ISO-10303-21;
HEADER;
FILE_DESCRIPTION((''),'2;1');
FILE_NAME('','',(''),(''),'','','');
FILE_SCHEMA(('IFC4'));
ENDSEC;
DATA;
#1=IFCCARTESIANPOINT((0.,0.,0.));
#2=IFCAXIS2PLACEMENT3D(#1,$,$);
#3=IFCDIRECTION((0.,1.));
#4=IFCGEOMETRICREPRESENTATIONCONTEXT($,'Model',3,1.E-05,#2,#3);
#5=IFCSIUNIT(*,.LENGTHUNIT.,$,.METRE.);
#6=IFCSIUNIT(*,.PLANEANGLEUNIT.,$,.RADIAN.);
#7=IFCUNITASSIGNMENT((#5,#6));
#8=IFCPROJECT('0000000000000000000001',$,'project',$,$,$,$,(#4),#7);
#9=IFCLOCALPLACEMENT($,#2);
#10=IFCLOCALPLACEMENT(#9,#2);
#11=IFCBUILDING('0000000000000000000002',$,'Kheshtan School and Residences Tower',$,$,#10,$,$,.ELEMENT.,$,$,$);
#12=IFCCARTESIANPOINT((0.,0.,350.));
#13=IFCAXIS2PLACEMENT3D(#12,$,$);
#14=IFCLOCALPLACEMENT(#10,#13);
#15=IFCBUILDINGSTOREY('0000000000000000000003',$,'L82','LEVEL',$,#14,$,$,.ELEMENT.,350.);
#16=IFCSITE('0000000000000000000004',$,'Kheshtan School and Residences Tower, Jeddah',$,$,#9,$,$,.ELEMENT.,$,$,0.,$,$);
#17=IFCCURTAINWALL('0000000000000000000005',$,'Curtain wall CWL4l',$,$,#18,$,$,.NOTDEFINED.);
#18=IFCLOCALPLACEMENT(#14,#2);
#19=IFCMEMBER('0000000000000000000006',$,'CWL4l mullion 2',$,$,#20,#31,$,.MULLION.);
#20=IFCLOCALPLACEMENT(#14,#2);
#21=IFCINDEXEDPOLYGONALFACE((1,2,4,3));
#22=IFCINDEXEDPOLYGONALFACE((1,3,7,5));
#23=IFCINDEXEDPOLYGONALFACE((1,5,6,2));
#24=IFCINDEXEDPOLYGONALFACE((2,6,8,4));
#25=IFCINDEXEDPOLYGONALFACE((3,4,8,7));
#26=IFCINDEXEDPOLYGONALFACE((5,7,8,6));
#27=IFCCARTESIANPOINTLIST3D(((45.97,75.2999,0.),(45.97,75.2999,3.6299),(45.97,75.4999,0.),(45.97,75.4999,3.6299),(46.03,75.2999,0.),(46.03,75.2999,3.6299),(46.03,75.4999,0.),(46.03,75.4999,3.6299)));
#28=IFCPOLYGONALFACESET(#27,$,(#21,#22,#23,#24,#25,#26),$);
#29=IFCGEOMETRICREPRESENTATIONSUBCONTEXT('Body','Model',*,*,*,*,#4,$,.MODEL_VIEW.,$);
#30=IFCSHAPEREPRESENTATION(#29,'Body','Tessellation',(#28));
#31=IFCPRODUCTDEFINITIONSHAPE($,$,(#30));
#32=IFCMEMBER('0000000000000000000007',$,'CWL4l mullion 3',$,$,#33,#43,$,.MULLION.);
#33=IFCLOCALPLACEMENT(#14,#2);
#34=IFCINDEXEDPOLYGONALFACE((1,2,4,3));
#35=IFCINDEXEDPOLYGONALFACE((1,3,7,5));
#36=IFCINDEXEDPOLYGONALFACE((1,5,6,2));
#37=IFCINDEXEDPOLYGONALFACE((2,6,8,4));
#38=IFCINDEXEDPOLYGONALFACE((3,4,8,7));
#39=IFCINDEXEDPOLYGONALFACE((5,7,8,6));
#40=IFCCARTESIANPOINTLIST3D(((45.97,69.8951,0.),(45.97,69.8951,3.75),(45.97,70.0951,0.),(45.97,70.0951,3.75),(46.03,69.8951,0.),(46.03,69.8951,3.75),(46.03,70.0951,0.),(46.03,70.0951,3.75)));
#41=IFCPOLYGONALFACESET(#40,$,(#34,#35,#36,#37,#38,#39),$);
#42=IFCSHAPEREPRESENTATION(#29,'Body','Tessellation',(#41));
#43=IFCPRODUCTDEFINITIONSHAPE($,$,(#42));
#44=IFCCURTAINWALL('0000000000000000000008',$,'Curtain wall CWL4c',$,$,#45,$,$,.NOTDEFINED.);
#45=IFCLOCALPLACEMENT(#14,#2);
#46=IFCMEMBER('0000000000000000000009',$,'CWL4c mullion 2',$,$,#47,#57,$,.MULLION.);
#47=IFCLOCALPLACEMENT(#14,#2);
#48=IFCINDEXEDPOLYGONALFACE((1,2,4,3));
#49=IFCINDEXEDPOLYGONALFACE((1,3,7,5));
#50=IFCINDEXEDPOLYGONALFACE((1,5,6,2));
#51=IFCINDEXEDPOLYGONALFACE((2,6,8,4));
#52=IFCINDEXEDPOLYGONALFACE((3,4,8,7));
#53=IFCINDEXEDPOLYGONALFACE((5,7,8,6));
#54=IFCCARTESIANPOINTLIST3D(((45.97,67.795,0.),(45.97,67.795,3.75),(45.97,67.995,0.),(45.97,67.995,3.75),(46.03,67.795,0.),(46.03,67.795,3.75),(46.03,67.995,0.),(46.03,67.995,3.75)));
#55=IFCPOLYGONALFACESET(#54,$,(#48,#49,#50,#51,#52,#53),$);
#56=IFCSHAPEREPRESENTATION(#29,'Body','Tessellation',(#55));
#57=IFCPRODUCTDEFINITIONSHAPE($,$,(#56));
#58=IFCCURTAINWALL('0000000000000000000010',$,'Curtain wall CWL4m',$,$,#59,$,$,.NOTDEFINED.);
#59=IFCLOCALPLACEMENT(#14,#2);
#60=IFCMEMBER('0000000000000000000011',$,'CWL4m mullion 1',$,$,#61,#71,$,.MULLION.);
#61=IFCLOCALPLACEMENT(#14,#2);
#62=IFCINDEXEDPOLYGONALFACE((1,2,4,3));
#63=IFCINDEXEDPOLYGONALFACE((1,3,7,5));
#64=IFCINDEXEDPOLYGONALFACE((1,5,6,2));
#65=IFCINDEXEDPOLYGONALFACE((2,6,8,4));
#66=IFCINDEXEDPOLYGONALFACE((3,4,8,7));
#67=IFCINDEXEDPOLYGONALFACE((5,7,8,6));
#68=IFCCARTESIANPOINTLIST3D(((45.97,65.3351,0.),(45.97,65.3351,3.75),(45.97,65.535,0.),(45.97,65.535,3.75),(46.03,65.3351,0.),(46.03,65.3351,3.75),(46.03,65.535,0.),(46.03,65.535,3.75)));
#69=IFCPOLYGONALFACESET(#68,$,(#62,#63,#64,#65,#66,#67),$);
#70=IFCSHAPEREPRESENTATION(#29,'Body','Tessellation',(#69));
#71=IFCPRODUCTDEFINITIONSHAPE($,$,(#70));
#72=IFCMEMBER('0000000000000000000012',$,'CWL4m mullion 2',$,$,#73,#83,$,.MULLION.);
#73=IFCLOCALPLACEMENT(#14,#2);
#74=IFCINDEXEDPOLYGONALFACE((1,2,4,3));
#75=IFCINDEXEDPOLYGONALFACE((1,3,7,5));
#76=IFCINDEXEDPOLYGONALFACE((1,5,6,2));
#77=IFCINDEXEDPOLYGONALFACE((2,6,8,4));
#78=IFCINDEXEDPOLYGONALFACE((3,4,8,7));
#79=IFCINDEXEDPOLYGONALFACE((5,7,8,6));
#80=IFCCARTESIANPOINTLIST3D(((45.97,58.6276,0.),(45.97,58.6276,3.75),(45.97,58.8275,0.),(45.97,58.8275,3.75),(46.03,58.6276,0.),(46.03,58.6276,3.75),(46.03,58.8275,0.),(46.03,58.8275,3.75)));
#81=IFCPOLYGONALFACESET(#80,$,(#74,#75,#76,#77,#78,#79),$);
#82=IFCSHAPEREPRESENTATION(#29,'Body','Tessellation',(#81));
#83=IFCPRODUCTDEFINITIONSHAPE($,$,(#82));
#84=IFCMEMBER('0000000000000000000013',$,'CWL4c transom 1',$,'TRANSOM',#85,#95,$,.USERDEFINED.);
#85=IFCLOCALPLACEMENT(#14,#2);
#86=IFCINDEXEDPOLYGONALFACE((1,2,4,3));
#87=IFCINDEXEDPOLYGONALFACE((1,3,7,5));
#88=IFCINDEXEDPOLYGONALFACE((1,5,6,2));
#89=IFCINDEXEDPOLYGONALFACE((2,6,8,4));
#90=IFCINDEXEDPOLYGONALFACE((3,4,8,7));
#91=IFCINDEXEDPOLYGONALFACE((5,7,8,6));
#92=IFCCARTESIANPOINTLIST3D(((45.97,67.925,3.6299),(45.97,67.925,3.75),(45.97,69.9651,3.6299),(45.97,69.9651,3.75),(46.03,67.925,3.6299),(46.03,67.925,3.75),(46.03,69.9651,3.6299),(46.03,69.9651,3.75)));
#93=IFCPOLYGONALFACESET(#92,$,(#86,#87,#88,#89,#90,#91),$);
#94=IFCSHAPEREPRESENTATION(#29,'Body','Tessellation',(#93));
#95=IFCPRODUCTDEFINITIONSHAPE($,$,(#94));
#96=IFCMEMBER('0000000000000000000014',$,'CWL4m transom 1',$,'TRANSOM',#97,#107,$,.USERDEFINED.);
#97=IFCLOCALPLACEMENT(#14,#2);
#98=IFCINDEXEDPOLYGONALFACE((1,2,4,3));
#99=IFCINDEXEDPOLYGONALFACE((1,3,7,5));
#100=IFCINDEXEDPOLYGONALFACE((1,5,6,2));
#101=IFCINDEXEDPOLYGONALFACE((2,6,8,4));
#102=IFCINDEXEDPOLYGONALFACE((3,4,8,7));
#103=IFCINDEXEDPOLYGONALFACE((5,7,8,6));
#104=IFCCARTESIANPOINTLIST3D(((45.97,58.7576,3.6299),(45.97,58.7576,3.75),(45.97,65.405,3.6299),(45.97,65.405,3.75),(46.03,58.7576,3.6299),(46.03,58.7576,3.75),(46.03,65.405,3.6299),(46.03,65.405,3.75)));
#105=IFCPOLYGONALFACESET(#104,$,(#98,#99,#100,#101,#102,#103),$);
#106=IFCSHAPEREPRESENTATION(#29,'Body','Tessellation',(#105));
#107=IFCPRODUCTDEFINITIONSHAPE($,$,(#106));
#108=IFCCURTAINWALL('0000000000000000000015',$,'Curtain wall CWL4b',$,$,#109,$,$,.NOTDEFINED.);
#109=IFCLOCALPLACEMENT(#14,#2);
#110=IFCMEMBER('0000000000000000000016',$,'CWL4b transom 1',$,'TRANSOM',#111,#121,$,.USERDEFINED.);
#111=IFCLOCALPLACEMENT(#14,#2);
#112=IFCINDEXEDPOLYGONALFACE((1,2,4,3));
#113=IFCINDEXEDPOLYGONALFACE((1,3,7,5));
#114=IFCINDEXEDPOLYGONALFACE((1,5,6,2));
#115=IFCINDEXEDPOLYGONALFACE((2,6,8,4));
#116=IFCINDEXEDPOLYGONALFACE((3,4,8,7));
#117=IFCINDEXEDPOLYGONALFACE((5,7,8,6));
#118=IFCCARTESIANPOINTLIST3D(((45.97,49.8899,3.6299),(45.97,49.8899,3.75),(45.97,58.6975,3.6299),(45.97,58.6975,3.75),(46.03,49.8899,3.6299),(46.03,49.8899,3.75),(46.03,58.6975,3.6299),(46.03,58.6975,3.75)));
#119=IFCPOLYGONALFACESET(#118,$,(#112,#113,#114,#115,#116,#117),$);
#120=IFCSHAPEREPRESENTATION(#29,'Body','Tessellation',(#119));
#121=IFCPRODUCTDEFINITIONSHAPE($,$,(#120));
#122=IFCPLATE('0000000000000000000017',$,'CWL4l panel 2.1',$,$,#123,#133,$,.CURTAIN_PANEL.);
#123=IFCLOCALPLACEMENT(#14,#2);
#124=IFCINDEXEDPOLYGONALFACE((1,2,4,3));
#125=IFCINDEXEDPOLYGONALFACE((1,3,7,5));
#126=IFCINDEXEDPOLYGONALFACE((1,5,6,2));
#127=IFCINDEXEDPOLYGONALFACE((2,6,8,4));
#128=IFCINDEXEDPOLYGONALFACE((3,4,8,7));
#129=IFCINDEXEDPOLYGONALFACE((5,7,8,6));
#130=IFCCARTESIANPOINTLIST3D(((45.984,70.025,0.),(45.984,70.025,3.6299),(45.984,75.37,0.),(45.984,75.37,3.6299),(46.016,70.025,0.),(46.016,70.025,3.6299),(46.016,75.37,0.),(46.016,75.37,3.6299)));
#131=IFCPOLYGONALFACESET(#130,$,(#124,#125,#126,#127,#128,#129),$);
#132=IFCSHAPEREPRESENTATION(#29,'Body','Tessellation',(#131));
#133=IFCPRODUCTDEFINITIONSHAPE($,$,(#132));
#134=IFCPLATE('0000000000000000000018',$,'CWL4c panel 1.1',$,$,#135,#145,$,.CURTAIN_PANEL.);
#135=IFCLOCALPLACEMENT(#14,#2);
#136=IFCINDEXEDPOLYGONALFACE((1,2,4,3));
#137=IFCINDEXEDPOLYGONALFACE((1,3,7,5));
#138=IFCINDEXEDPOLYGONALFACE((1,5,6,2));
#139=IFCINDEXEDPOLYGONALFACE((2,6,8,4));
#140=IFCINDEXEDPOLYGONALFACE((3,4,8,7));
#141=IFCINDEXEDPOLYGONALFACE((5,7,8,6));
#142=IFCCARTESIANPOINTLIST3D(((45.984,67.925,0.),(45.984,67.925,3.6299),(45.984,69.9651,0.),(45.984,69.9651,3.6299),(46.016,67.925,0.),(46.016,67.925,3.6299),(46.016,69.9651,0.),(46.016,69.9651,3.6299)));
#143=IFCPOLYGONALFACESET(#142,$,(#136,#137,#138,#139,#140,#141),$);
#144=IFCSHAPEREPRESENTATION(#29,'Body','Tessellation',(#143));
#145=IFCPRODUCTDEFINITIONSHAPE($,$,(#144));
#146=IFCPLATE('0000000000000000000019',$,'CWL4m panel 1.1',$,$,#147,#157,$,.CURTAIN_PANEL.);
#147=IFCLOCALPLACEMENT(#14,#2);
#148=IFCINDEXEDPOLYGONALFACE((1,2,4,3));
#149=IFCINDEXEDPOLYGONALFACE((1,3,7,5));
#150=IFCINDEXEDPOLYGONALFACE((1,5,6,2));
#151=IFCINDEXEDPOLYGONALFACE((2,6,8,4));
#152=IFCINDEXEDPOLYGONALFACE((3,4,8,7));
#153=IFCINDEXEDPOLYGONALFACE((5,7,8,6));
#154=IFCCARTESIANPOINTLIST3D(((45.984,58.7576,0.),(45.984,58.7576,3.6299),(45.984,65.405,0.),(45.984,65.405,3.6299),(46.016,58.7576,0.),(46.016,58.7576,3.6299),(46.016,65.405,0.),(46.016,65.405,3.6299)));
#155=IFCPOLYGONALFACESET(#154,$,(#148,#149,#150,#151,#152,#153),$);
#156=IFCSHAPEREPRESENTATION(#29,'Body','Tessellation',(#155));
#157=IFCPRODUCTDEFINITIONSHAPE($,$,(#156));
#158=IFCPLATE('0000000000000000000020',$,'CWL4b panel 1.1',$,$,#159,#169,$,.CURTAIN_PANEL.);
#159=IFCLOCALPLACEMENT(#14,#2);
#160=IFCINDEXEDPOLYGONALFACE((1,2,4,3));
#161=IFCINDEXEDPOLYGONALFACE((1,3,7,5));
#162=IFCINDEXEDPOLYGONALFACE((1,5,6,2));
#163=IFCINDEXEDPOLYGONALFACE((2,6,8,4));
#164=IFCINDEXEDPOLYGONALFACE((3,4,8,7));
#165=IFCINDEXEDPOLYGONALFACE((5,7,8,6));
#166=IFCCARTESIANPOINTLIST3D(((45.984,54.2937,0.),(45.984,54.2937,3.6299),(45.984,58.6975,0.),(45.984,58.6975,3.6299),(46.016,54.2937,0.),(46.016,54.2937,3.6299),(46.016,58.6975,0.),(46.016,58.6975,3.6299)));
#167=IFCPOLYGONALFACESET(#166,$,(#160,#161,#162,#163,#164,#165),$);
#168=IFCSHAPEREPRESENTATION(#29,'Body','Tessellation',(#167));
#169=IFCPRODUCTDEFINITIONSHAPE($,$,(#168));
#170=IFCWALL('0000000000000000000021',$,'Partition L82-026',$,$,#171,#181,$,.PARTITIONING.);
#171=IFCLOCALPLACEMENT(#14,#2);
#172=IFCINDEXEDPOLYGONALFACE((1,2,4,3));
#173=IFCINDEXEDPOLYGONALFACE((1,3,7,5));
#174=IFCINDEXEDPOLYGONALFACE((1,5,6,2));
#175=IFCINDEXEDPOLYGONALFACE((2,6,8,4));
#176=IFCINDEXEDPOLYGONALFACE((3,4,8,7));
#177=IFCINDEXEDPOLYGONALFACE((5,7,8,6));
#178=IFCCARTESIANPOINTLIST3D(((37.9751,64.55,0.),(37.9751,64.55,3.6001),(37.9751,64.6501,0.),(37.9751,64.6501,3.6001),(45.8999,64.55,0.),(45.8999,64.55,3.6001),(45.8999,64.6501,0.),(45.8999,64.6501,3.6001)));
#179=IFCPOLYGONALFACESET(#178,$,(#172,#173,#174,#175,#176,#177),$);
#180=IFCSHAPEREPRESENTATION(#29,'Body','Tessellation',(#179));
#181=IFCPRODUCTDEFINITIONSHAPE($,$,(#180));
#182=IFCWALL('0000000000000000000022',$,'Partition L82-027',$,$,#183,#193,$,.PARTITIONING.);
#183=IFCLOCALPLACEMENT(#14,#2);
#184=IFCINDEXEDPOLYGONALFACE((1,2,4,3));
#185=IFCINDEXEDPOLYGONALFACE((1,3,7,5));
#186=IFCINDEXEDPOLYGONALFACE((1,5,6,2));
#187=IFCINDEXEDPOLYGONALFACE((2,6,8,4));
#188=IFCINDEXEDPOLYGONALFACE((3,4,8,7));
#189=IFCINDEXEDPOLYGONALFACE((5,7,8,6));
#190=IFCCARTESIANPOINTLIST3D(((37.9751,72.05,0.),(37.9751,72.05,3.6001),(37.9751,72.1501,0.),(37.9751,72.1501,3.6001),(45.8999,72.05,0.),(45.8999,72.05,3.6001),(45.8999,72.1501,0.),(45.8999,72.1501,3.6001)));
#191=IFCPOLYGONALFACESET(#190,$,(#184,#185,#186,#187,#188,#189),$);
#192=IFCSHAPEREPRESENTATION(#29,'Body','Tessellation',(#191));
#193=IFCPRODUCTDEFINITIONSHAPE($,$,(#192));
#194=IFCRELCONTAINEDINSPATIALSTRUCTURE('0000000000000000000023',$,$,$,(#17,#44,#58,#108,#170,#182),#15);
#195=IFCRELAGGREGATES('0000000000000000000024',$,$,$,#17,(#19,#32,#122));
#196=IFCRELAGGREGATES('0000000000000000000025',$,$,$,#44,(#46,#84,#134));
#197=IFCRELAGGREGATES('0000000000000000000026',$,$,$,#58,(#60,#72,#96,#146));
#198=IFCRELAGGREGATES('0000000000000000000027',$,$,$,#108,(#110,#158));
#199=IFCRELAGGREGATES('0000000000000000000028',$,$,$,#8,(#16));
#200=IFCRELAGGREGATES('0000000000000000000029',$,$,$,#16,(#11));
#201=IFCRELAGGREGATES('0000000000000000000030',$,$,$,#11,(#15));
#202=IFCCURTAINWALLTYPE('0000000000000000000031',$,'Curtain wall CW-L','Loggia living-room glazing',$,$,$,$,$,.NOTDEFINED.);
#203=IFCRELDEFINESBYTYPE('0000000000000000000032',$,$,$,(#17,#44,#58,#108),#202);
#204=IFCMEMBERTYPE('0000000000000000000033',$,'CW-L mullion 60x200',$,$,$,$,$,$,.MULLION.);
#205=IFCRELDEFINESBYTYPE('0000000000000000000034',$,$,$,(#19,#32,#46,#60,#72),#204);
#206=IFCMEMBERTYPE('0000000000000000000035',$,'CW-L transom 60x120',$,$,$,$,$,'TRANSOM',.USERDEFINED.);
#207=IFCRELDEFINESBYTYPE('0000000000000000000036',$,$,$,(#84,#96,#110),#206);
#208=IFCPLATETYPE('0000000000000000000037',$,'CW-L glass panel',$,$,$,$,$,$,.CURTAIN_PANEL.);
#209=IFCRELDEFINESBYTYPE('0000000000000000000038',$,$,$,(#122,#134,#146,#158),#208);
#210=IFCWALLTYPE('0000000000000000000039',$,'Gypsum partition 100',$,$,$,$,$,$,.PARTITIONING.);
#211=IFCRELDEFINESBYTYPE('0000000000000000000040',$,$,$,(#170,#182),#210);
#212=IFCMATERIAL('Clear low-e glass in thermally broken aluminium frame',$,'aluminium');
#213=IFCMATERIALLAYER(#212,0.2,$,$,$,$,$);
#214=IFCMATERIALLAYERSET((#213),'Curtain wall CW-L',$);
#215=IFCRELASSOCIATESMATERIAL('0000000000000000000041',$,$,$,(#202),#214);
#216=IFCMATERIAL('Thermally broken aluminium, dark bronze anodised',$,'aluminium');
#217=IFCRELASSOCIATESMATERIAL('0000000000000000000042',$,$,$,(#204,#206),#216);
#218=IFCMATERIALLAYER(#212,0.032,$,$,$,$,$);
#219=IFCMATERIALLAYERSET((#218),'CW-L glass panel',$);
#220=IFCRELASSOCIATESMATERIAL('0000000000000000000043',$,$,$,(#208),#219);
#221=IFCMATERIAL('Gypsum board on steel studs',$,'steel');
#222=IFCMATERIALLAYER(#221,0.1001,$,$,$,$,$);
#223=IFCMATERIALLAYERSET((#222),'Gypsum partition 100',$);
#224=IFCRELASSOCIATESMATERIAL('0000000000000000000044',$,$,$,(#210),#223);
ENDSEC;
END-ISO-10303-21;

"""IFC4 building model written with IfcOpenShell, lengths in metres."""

from ifc_helpers import new_model, si_unit, direction, frame, frame_2d, origin, origin_2d, place, context, subcontext, project, spatial, rectangle, extrude, material, layer, layer_set, material_profile, profile_set, type_object, element, aggregate, save


model = new_model("IFC4")

# Units and contexts
model_context = context("Model", 3, precision=1e-05, world=origin(), true_north=direction((0.0, 1.0)))
body_context = subcontext(model_context, "Body", "Model", "MODEL_VIEW")
ifc_project = project(units=[si_unit("LENGTHUNIT", "METRE"), si_unit("PLANEANGLEUNIT", "RADIAN")], contexts=[model_context])

# Site, building, storey
site_placement = place(None, origin())
site = spatial("IfcSite", under=ifc_project, at=site_placement, Name="Kheshtan School and Residences Tower, Jeddah", CompositionType="ELEMENT", RefElevation=0.0)
building_placement = place(site_placement, origin())
building = spatial("IfcBuilding", under=site, at=building_placement, Name="Kheshtan School and Residences Tower", CompositionType="ELEMENT")
storey_placement = place(building_placement, frame((0.0, 0.0, 350.0)))
storey = spatial("IfcBuildingStorey", under=building, at=storey_placement, Name="L82", Description="LEVEL", CompositionType="ELEMENT", Elevation=350.0)

# Curtain wall, members
ifc_material_1 = material(Name="Clear low-e glass in thermally broken aluminium frame", Category="aluminium")
ifc_layer_1 = layer(ifc_material_1, 0.2)
ifc_layer_set_1 = layer_set([ifc_layer_1], Name="Curtain wall CW-L")
curtain_wall_type = type_object("IfcCurtainWallType", Name="Curtain wall CW-L", Description="Loggia living-room glazing", PredefinedType="NOTDEFINED", material=ifc_layer_set_1)
curtain_wall_1_placement = place(storey_placement, origin())
curtain_wall_1 = element("IfcCurtainWall", 1, at=curtain_wall_1_placement, inside=storey, type_object=curtain_wall_type, Name="Curtain wall CWL4l", PredefinedType="NOTDEFINED")
ifc_material_2 = material(Name="Thermally broken aluminium, dark bronze anodised", Category="aluminium")
ifc_material_profile_1 = material_profile(ifc_material_2, rectangle(XDim=0.0601, YDim=0.2, at=origin_2d()), Name="CW-L mullion 60x200")
ifc_profile_set_1 = profile_set([ifc_material_profile_1], Name="Thermally broken aluminium, dark bronze anodised")
member_type_1 = type_object("IfcMemberType", Name="CW-L mullion 60x200", PredefinedType="MULLION", material=ifc_profile_set_1)
member_1_placement = place(storey_placement, frame((46.0, 75.3999, 0.0), z_axis=(0.0, 0.0, 1.0), x_axis=(1.0, 0.0, 0.0)))
member_1 = element("IfcMember", 2, at=member_1_placement, type_object=member_type_1, Name="CWL4l mullion 2", PredefinedType="MULLION", context=body_context, shape_type="SweptSolid", body=[
    extrude(rectangle(XDim=0.0601, YDim=0.2, at=origin_2d()), origin(), (0.0, 0.0, 1.0), 3.6299),
])
member_2_placement = place(storey_placement, frame((46.0, 69.9951, 0.0), z_axis=(0.0, 0.0, 1.0), x_axis=(1.0, 0.0, 0.0)))
member_2 = element("IfcMember", 3, at=member_2_placement, type_object=member_type_1, Name="CWL4l mullion 3", PredefinedType="MULLION", context=body_context, shape_type="SweptSolid", body=[
    extrude(rectangle(XDim=0.0601, YDim=0.2, at=origin_2d()), origin(), (0.0, 0.0, 1.0), 3.75),
])

# Curtain wall, member
curtain_wall_2_placement = place(storey_placement, origin())
curtain_wall_2 = element("IfcCurtainWall", 4, at=curtain_wall_2_placement, inside=storey, type_object=curtain_wall_type, Name="Curtain wall CWL4c", PredefinedType="NOTDEFINED")
member_3_placement = place(storey_placement, frame((46.0, 67.895, 0.0), z_axis=(0.0, 0.0, 1.0), x_axis=(1.0, 0.0, 0.0)))
member_3 = element("IfcMember", 5, at=member_3_placement, type_object=member_type_1, Name="CWL4c mullion 2", PredefinedType="MULLION", context=body_context, shape_type="SweptSolid", body=[
    extrude(rectangle(XDim=0.0601, YDim=0.2, at=origin_2d()), origin(), (0.0, 0.0, 1.0), 3.75),
])

# Curtain wall, members
curtain_wall_3_placement = place(storey_placement, origin())
curtain_wall_3 = element("IfcCurtainWall", 6, at=curtain_wall_3_placement, inside=storey, type_object=curtain_wall_type, Name="Curtain wall CWL4m", PredefinedType="NOTDEFINED")
member_4_placement = place(storey_placement, frame((46.0, 65.4351, 0.0), z_axis=(0.0, 0.0, 1.0), x_axis=(1.0, 0.0, 0.0)))
member_4 = element("IfcMember", 7, at=member_4_placement, type_object=member_type_1, Name="CWL4m mullion 1", PredefinedType="MULLION", context=body_context, shape_type="SweptSolid", body=[
    extrude(rectangle(XDim=0.0601, YDim=0.2, at=origin_2d()), origin(), (0.0, 0.0, 1.0), 3.75),
])
member_5_placement = place(storey_placement, frame((46.0, 58.7275, 0.0), z_axis=(0.0, 0.0, 1.0), x_axis=(1.0, 0.0, 0.0)))
member_5 = element("IfcMember", 8, at=member_5_placement, type_object=member_type_1, Name="CWL4m mullion 2", PredefinedType="MULLION", context=body_context, shape_type="SweptSolid", body=[
    extrude(rectangle(XDim=0.0601, YDim=0.2, at=origin_2d()), origin(), (0.0, 0.0, 1.0), 3.75),
])

# Members
ifc_material_profile_2 = material_profile(ifc_material_2, rectangle(XDim=0.0601, YDim=0.1201, at=origin_2d()), Name="CW-L transom 60x120")
ifc_profile_set_2 = profile_set([ifc_material_profile_2], Name="Thermally broken aluminium, dark bronze anodised")
member_type_2 = type_object("IfcMemberType", Name="CW-L transom 60x120", ElementType="TRANSOM", PredefinedType="USERDEFINED", material=ifc_profile_set_2)
member_6_placement = place(storey_placement, frame((46.0, 69.9651, 3.6899), z_axis=(0.0, -1.0, 0.0), x_axis=(1.0, 0.0, 0.0)))
member_6 = element("IfcMember", 9, at=member_6_placement, type_object=member_type_2, Name="CWL4c transom 1", ObjectType="TRANSOM", PredefinedType="USERDEFINED", context=body_context, shape_type="SweptSolid", body=[
    extrude(rectangle(XDim=0.0601, YDim=0.1201, at=origin_2d()), origin(), (0.0, 0.0, 1.0), 2.04),
])
member_7_placement = place(storey_placement, frame((46.0, 65.405, 3.6899), z_axis=(0.0, -1.0, 0.0), x_axis=(1.0, 0.0, 0.0)))
member_7 = element("IfcMember", 10, at=member_7_placement, type_object=member_type_2, Name="CWL4m transom 1", ObjectType="TRANSOM", PredefinedType="USERDEFINED", context=body_context, shape_type="SweptSolid", body=[
    extrude(rectangle(XDim=0.0601, YDim=0.1201, at=origin_2d()), origin(), (0.0, 0.0, 1.0), 6.6475),
])

# Curtain wall, member
curtain_wall_4_placement = place(storey_placement, origin())
curtain_wall_4 = element("IfcCurtainWall", 11, at=curtain_wall_4_placement, inside=storey, type_object=curtain_wall_type, Name="Curtain wall CWL4b", PredefinedType="NOTDEFINED")
member_8_placement = place(storey_placement, frame((46.0, 58.6975, 3.6899), z_axis=(0.0, -1.0, 0.0), x_axis=(1.0, 0.0, 0.0)))
member_8 = element("IfcMember", 12, at=member_8_placement, type_object=member_type_2, Name="CWL4b transom 1", ObjectType="TRANSOM", PredefinedType="USERDEFINED", context=body_context, shape_type="SweptSolid", body=[
    extrude(rectangle(XDim=0.0601, YDim=0.1201, at=origin_2d()), origin(), (0.0, 0.0, 1.0), 8.8076),
])

# Plates
ifc_layer_2 = layer(ifc_material_1, 0.032)
ifc_layer_set_2 = layer_set([ifc_layer_2], Name="CW-L glass panel")
plate_type = type_object("IfcPlateType", Name="CW-L glass panel", PredefinedType="CURTAIN_PANEL", material=ifc_layer_set_2)
plate_1_placement = place(storey_placement, frame((46.0, 72.6975, 0.0), z_axis=(0.0, 0.0, 1.0), x_axis=(0.0, -1.0, 0.0)))
plate_1 = element("IfcPlate", 13, at=plate_1_placement, type_object=plate_type, Name="CWL4l panel 2.1", PredefinedType="CURTAIN_PANEL", context=body_context, shape_type="SweptSolid", body=[
    extrude(rectangle(XDim=5.345, YDim=0.032, at=origin_2d()), origin(), (0.0, 0.0, 1.0), 3.6299),
])
aggregate(curtain_wall_1, [member_1, member_2, plate_1])
plate_2_placement = place(storey_placement, frame((46.0, 68.9451, 0.0), z_axis=(0.0, 0.0, 1.0), x_axis=(0.0, -1.0, 0.0)))
plate_2 = element("IfcPlate", 14, at=plate_2_placement, type_object=plate_type, Name="CWL4c panel 1.1", PredefinedType="CURTAIN_PANEL", context=body_context, shape_type="SweptSolid", body=[
    extrude(rectangle(XDim=2.04, YDim=0.032, at=origin_2d()), origin(), (0.0, 0.0, 1.0), 3.6299),
])
aggregate(curtain_wall_2, [member_3, member_6, plate_2])
plate_3_placement = place(storey_placement, frame((46.0, 62.0813, 0.0), z_axis=(0.0, 0.0, 1.0), x_axis=(0.0, -1.0, 0.0)))
plate_3 = element("IfcPlate", 15, at=plate_3_placement, type_object=plate_type, Name="CWL4m panel 1.1", PredefinedType="CURTAIN_PANEL", context=body_context, shape_type="SweptSolid", body=[
    extrude(rectangle(XDim=6.6475, YDim=0.032, at=origin_2d()), origin(), (0.0, 0.0, 1.0), 3.6299),
])
aggregate(curtain_wall_3, [member_4, member_5, member_7, plate_3])
plate_4_placement = place(storey_placement, frame((46.0, 56.4956, 0.0), z_axis=(0.0, 0.0, 1.0), x_axis=(0.0, -1.0, 0.0)))
plate_4 = element("IfcPlate", 16, at=plate_4_placement, type_object=plate_type, Name="CWL4b panel 1.1", PredefinedType="CURTAIN_PANEL", context=body_context, shape_type="SweptSolid", body=[
    extrude(rectangle(XDim=4.4038, YDim=0.032, at=origin_2d()), origin(), (0.0, 0.0, 1.0), 3.6299),
])
aggregate(curtain_wall_4, [member_8, plate_4])

# Walls
ifc_material_3 = material(Name="Gypsum board on steel studs", Category="steel")
ifc_layer_3 = layer(ifc_material_3, 0.1001)
ifc_layer_set_3 = layer_set([ifc_layer_3], Name="Gypsum partition 100")
wall_type_1 = type_object("IfcWallType", Name="Gypsum partition 100", PredefinedType="PARTITIONING", material=ifc_layer_set_3)
for number, where, z_axis, x_axis, name in (
    (17, (37.9751, 64.6001, 0.0), (0.0, 0.0, 1.0), (1.0, 0.0, 0.0), "Partition L82-026"),
    (18, (37.9751, 72.1001, 0.0), (0.0, 0.0, 1.0), (1.0, 0.0, 0.0), "Partition L82-027"),
):
    element("IfcWall", number, at=place(storey_placement, frame(where, z_axis=z_axis, x_axis=x_axis)), inside=storey, type_object=wall_type_1, Name=name, PredefinedType="PARTITIONING", context=body_context, shape_type="SweptSolid", body=[
        extrude(rectangle(XDim=7.9248, YDim=0.1001, at=frame_2d((3.9624, 0.0))), origin(), (0.0, 0.0, 1.0), 3.6001),
    ])

save(model, "model.ifc")
